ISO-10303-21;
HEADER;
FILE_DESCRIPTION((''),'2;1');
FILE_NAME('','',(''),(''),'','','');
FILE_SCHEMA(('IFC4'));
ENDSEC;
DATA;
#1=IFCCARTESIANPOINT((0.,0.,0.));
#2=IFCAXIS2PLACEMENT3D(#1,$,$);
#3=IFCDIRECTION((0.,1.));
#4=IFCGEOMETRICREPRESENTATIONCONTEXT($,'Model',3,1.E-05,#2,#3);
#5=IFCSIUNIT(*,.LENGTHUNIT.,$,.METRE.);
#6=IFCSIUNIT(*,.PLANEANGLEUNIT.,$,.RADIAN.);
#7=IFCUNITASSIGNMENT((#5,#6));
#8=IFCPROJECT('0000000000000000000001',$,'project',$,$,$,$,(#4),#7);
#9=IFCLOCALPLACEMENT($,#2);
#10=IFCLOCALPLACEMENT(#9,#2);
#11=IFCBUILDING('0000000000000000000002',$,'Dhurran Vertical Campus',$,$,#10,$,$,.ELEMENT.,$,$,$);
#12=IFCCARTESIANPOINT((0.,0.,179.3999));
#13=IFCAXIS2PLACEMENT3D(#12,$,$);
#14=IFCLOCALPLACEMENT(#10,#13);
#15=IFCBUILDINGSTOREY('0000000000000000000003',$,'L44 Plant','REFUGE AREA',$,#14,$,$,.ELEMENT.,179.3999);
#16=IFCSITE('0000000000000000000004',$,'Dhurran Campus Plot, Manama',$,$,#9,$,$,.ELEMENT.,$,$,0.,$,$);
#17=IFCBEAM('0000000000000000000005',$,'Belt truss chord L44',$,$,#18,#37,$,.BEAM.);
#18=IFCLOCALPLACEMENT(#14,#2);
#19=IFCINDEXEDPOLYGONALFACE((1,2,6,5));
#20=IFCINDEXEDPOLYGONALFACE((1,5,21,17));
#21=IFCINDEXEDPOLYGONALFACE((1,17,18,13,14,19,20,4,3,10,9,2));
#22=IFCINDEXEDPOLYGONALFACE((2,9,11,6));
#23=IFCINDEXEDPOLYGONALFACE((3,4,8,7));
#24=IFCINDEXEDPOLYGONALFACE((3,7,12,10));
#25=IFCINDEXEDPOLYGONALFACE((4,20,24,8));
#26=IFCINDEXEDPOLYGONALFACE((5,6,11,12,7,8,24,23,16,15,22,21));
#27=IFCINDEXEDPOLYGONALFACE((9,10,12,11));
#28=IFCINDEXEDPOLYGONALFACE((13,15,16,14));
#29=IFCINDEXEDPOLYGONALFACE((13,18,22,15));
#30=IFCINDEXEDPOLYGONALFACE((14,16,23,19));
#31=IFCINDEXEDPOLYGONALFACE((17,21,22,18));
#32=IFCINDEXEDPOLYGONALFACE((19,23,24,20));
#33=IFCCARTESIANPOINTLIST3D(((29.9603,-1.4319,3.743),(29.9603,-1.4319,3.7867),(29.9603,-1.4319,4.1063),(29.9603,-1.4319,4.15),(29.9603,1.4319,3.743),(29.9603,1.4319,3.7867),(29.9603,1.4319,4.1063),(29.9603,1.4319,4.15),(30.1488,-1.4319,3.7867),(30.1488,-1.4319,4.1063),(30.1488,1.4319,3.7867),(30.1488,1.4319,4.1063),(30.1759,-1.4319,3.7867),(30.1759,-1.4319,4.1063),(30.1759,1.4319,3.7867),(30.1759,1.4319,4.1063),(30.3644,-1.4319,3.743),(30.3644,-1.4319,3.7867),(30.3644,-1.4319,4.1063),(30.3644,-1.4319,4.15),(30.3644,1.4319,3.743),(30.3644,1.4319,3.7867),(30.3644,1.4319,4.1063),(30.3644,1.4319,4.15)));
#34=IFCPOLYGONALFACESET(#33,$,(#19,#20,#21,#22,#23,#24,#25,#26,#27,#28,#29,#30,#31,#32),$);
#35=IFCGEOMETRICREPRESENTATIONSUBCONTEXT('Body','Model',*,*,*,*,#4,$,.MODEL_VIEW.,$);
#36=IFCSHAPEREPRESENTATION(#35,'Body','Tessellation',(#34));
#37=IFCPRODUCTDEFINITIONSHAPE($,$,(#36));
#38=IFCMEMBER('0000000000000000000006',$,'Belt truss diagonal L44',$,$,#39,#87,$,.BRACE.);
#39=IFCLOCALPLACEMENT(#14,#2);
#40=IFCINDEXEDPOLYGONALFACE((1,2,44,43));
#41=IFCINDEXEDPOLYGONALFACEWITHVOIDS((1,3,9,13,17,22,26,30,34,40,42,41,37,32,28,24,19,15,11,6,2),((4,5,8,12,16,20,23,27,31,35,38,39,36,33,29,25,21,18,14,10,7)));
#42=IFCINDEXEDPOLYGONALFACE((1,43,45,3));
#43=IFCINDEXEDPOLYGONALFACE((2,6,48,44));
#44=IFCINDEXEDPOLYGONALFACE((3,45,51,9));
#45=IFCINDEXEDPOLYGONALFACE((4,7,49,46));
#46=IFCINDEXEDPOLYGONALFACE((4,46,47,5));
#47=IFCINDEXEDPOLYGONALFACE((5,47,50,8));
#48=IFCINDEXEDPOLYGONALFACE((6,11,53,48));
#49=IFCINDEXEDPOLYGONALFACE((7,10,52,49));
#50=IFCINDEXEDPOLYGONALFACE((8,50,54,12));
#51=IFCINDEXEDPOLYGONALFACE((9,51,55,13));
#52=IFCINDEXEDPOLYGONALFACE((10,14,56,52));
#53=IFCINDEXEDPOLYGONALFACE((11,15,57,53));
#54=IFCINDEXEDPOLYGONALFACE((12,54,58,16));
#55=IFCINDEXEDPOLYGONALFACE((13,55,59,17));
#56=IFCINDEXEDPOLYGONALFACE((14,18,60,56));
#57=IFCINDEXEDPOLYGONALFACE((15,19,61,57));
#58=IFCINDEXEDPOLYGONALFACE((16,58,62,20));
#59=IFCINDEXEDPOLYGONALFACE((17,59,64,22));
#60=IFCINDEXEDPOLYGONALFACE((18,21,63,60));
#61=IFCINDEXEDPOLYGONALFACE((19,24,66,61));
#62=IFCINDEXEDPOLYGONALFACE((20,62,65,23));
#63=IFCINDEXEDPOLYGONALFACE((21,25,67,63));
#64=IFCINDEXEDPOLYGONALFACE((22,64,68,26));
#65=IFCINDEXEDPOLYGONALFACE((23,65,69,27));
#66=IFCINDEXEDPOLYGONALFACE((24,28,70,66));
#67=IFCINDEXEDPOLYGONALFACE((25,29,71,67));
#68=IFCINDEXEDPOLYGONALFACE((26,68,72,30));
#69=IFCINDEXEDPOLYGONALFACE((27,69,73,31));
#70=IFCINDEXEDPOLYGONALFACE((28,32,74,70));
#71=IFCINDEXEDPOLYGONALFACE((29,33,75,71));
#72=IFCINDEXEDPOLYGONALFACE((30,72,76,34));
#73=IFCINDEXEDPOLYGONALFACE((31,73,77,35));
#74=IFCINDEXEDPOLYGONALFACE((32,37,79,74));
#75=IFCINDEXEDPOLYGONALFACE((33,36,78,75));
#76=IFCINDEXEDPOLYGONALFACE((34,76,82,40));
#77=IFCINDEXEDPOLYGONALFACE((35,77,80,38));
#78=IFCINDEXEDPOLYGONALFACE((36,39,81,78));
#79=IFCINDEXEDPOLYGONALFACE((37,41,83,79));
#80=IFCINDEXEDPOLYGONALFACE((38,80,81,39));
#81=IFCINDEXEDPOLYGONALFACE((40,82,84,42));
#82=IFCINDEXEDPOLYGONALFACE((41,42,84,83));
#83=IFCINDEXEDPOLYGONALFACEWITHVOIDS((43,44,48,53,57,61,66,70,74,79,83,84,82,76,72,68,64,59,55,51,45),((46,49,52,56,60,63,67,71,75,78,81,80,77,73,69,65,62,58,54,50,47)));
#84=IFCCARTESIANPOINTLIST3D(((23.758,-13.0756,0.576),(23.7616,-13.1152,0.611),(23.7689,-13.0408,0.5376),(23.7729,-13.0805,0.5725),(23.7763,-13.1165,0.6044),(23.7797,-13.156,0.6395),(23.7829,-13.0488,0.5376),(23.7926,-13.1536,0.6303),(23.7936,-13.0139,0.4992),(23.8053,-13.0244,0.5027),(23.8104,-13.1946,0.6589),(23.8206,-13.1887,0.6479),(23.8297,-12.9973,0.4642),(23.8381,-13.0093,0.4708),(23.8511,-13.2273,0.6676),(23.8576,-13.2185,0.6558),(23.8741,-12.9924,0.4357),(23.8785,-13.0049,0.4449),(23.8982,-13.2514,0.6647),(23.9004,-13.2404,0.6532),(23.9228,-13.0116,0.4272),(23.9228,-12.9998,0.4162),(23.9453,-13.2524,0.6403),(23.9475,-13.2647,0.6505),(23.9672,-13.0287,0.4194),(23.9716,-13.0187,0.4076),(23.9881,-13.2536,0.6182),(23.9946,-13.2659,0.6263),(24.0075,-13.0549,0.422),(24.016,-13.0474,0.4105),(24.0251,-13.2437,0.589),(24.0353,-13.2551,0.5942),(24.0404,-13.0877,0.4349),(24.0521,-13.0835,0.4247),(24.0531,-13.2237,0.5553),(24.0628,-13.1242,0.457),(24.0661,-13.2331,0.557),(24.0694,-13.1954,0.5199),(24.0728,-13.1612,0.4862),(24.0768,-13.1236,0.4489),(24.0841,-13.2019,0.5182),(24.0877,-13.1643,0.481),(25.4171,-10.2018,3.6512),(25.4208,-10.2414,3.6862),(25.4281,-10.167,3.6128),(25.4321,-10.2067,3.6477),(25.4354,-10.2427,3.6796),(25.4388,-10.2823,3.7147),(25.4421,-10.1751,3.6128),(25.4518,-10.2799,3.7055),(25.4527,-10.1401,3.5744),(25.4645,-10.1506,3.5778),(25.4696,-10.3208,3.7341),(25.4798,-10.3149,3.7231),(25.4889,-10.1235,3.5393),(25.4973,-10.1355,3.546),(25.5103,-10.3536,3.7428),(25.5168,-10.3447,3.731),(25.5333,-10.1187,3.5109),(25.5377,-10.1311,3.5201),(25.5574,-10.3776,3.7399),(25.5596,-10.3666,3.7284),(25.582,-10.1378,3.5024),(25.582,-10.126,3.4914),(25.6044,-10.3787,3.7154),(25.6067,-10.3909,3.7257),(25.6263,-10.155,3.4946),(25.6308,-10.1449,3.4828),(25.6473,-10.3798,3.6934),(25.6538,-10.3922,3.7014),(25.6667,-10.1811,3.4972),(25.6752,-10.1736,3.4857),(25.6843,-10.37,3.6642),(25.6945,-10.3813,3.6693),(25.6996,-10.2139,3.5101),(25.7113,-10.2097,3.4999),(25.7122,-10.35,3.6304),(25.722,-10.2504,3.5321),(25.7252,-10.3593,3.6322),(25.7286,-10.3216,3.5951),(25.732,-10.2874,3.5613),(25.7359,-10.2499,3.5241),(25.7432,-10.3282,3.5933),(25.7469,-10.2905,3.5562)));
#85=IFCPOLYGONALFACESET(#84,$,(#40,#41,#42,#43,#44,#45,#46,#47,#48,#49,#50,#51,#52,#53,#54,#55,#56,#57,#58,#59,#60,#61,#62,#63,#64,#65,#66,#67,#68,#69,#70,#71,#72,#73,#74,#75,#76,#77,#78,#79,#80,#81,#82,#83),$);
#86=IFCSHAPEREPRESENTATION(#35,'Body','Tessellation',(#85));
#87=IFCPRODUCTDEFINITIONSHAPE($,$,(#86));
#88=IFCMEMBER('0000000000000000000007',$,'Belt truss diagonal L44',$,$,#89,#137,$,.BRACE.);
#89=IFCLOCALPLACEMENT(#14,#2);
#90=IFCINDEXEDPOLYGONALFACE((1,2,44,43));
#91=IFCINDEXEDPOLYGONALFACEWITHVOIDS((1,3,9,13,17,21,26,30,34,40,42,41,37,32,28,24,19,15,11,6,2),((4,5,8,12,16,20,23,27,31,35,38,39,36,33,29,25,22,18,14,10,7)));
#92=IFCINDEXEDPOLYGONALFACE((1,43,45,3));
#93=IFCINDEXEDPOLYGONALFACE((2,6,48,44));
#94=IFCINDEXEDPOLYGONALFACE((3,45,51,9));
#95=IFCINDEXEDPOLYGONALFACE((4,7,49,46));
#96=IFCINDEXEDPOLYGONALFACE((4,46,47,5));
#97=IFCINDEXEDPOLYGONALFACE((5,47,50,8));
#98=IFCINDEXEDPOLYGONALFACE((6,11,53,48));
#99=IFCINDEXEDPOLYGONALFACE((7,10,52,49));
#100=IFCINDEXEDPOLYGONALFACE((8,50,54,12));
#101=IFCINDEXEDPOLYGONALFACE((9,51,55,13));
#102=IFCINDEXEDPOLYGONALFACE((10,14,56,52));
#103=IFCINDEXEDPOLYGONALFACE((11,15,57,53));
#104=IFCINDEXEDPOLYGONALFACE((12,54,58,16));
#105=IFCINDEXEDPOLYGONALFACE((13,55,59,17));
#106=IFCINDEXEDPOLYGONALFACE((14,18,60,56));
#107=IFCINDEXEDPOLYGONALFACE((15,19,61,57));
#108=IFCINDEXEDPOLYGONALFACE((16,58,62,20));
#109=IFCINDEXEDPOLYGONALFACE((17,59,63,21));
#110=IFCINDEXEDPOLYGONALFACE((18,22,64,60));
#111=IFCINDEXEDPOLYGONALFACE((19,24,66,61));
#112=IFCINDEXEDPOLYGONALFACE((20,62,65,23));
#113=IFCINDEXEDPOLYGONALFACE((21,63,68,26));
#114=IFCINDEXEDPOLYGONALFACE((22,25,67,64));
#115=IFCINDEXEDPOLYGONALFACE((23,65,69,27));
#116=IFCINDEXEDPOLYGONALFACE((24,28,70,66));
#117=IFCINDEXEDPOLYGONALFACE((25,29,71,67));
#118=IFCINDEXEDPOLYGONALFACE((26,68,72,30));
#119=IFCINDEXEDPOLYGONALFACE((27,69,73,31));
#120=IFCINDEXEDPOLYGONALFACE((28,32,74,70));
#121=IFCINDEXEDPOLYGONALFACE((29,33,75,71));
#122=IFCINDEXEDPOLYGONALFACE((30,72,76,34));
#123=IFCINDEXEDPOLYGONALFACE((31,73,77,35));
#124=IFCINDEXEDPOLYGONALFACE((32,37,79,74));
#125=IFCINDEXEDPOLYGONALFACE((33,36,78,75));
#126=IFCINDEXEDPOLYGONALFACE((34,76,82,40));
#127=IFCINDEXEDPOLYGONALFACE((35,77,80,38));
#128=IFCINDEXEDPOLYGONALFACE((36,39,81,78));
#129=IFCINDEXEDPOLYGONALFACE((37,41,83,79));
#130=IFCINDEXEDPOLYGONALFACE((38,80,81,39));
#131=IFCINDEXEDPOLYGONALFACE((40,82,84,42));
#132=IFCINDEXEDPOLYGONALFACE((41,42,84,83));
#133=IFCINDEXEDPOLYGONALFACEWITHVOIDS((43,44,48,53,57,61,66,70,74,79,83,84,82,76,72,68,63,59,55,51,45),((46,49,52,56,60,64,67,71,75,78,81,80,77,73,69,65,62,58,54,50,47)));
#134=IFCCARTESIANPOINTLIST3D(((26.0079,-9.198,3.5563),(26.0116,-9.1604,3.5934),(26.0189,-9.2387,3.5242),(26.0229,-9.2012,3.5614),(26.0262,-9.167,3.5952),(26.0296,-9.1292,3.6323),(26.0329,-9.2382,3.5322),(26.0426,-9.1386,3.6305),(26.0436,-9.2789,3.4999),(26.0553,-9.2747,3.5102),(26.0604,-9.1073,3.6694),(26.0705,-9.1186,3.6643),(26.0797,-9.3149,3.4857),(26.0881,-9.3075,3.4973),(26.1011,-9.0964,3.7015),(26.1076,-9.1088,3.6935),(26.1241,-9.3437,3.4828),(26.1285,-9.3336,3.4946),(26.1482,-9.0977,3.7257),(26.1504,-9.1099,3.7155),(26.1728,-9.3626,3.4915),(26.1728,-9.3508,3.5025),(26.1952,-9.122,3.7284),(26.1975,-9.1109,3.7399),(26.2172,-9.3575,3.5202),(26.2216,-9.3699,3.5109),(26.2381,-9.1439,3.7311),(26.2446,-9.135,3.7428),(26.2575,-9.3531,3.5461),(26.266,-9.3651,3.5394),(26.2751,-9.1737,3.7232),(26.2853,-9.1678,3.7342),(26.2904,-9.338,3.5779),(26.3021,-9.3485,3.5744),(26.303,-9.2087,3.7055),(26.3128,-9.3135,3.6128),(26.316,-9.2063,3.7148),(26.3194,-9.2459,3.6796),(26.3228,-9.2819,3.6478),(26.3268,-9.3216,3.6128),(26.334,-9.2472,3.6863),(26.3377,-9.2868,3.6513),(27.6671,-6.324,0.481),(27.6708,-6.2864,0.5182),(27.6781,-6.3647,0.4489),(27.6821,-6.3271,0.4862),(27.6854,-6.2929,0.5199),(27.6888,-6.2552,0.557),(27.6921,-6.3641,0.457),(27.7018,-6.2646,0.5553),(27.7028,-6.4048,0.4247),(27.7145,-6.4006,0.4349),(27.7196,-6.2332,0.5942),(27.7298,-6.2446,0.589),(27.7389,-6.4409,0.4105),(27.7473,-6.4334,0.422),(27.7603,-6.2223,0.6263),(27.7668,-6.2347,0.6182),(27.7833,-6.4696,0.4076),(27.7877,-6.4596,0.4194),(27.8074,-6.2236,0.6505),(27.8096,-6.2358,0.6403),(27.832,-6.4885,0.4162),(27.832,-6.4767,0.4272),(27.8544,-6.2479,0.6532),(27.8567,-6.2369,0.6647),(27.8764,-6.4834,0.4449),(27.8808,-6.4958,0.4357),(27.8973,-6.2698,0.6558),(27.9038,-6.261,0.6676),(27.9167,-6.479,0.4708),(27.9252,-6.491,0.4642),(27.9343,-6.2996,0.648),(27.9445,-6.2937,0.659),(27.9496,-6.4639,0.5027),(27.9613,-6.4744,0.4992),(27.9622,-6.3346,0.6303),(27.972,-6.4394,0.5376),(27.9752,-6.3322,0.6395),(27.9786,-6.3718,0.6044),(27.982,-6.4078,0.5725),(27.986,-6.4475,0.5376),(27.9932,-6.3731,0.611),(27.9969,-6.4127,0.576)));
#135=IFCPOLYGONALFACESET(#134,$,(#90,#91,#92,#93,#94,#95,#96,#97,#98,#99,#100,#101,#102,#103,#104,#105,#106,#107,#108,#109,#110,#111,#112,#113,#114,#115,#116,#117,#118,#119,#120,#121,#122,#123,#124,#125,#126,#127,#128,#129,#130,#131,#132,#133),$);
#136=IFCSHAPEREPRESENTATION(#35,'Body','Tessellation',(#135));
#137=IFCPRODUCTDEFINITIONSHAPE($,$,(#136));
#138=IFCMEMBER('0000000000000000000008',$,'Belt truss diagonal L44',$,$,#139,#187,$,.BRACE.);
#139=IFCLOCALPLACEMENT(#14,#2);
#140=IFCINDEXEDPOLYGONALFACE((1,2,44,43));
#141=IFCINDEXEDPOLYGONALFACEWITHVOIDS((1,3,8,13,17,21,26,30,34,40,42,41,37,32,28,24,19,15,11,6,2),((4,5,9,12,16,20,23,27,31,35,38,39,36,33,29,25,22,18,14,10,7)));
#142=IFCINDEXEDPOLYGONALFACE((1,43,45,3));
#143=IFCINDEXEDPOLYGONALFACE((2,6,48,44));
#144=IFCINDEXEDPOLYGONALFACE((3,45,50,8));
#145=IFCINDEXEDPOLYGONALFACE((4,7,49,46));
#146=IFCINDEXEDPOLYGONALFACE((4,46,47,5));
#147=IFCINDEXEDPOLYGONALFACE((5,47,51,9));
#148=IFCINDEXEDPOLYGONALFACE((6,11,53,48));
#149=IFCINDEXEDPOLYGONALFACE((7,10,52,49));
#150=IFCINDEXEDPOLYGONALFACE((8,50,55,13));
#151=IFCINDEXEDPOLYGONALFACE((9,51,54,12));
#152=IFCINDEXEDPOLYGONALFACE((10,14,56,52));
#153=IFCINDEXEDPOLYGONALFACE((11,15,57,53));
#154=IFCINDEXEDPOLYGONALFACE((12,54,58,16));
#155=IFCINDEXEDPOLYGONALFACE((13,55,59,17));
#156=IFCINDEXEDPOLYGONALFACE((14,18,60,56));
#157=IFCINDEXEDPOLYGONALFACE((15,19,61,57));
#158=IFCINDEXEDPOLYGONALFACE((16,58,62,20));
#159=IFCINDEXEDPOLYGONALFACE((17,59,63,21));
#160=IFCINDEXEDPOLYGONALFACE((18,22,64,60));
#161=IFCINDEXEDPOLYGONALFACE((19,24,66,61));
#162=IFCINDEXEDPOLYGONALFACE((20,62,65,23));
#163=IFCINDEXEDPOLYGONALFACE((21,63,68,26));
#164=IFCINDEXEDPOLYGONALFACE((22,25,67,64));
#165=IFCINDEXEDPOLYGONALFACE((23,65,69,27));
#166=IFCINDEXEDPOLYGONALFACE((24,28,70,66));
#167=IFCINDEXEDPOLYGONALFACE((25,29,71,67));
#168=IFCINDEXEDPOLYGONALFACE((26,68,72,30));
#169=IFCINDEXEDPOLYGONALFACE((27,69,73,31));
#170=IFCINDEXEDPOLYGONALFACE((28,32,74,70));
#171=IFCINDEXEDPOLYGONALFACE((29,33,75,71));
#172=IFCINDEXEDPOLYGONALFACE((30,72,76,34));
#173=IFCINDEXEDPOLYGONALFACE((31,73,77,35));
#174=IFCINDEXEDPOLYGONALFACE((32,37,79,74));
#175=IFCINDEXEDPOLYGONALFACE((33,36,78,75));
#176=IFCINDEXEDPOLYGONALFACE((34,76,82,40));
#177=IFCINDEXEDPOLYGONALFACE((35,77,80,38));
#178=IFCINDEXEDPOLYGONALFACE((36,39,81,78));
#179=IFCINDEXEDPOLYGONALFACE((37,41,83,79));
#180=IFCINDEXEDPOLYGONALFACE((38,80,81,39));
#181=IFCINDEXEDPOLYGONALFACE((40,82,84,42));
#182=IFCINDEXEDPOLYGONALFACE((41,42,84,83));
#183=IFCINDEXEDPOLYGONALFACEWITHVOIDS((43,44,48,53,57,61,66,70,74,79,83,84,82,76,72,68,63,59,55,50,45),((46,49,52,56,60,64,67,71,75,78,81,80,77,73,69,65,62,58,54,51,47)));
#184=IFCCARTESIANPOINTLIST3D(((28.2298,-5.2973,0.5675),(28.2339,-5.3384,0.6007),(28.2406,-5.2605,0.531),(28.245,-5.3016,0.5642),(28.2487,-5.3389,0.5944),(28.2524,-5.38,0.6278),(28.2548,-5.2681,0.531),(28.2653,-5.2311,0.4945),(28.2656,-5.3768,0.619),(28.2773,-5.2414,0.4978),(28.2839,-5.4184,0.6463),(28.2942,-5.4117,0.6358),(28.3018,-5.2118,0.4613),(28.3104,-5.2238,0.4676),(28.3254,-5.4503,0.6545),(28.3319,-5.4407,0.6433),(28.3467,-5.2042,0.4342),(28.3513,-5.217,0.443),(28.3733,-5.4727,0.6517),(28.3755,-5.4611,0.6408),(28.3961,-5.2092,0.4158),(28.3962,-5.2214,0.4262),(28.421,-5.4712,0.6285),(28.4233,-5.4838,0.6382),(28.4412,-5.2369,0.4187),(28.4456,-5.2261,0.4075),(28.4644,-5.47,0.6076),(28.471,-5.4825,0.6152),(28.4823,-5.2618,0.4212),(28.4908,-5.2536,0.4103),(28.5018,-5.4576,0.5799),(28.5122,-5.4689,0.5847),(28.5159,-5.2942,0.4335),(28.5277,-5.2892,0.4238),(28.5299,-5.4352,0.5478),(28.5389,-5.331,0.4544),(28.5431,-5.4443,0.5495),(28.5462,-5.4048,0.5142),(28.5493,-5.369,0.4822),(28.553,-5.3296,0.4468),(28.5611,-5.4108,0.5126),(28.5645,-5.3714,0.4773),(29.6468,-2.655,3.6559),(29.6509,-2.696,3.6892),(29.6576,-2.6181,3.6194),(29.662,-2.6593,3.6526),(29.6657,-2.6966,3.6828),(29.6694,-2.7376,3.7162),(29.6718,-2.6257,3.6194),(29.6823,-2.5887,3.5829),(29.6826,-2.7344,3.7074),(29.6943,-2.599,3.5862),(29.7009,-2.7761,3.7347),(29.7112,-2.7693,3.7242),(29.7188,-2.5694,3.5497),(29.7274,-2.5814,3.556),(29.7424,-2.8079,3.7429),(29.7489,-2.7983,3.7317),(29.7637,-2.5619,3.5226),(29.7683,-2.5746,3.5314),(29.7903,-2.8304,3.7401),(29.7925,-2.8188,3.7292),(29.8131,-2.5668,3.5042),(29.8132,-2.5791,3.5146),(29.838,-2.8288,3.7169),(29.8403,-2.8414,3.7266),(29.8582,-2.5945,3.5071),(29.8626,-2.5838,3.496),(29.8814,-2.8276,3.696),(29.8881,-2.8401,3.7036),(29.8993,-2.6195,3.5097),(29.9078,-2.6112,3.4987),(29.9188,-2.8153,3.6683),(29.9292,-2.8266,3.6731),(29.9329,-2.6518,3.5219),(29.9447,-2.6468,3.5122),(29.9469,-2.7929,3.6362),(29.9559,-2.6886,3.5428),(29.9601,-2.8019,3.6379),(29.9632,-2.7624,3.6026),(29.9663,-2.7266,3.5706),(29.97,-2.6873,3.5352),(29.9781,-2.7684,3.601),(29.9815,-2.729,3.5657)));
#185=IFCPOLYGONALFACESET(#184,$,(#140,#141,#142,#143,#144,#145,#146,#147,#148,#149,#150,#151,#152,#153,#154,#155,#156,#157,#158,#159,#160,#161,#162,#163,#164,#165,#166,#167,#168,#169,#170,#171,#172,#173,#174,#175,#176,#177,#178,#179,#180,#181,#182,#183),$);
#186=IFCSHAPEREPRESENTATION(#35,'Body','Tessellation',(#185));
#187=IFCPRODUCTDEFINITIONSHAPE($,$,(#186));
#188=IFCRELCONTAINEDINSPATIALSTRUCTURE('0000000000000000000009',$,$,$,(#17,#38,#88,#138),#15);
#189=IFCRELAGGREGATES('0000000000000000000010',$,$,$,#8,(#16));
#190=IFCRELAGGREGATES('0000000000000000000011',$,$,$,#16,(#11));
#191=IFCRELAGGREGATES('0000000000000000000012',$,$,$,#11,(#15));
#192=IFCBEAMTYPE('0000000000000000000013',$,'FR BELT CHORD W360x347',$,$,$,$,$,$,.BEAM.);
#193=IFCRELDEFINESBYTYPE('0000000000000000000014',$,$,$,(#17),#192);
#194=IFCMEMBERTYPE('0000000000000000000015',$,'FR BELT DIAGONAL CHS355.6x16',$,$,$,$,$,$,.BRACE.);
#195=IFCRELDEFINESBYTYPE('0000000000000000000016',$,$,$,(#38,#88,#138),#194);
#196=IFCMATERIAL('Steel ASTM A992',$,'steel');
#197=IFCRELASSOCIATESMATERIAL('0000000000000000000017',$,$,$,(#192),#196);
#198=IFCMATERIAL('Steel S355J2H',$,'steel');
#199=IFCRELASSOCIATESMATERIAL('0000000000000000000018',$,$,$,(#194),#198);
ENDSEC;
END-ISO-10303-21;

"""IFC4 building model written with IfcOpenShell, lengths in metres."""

from ifc_helpers import new_model, si_unit, direction, frame, origin, origin_2d, place, context, subcontext, project, spatial, hollow_circle, i_section, extrude, material, material_profile, profile_set, type_object, element, save


model = new_model("IFC4")

# Units and contexts
model_context = context("Model", 3, precision=1e-05, world=origin(), true_north=direction((0.0, 1.0)))
body_context = subcontext(model_context, "Body", "Model", "MODEL_VIEW")
ifc_project = project(units=[si_unit("LENGTHUNIT", "METRE"), si_unit("PLANEANGLEUNIT", "RADIAN")], contexts=[model_context])

# Site, building, storey
site_placement = place(None, origin())
site = spatial("IfcSite", under=ifc_project, at=site_placement, Name="Dhurran Campus Plot, Manama", CompositionType="ELEMENT", RefElevation=0.0)
building_placement = place(site_placement, origin())
building = spatial("IfcBuilding", under=site, at=building_placement, Name="Dhurran Vertical Campus", CompositionType="ELEMENT")
storey_placement = place(building_placement, frame((0.0, 0.0, 179.3999)))
storey = spatial("IfcBuildingStorey", under=building, at=storey_placement, Name="L44 Plant", Description="REFUGE AREA", CompositionType="ELEMENT", Elevation=179.3999)

# Beam
ifc_material_1 = material(Name="Steel ASTM A992", Category="steel")
ifc_material_profile_1 = material_profile(ifc_material_1, i_section(OverallWidth=0.4041, OverallDepth=0.407, WebThickness=0.0271, FlangeThickness=0.0437, at=origin_2d()), Name="W360x347")
ifc_profile_set_1 = profile_set([ifc_material_profile_1], Name="Steel ASTM A992")
beam_type = type_object("IfcBeamType", Name="FR BELT CHORD W360x347", PredefinedType="BEAM", material=ifc_profile_set_1)
for number, where, z_axis, x_axis, name in (
    (1, (30.1624, -1.4319, 3.9465), (0.0, 1.0, 0.0), (-1.0, 0.0, 0.0), "Belt truss chord L44"),
):
    element("IfcBeam", number, at=place(storey_placement, frame(where, z_axis=z_axis, x_axis=x_axis)), inside=storey, type_object=beam_type, Name=name, PredefinedType="BEAM", context=body_context, shape_type="SweptSolid", body=[
        extrude(i_section(OverallWidth=0.4041, OverallDepth=0.407, WebThickness=0.0271, FlangeThickness=0.0437, at=origin_2d()), origin(), (0.0, 0.0, 1.0), 2.8638),
    ])

# Members
ifc_material_2 = material(Name="Steel S355J2H", Category="steel")
ifc_material_profile_2 = material_profile(ifc_material_2, hollow_circle(Radius=0.1777, WallThickness=0.0161, at=origin_2d()), Name="CHS355.6x16")
ifc_profile_set_2 = profile_set([ifc_material_profile_2], Name="Steel S355J2H")
member_type = type_object("IfcMemberType", Name="FR BELT DIAGONAL CHS355.6x16", PredefinedType="BRACE", material=ifc_profile_set_2)
member_1_placement = place(storey_placement, frame((23.9229, -13.1296, 0.5376), z_axis=(0.366735, 0.635203, 0.679723), x_axis=(-0.866025, 0.500001, 0.0)))
element("IfcMember", 2, at=member_1_placement, inside=storey, type_object=member_type, Name="Belt truss diagonal L44", PredefinedType="BRACE", context=body_context, shape_type="SweptSolid", body=[
    extrude(hollow_circle(Radius=0.1777, WallThickness=0.0161, at=origin_2d()), origin(), (0.0, 0.0, 1.0), 4.5242),
])
member_2_placement = place(storey_placement, frame((27.832, -6.3586, 0.5376), z_axis=(-0.366722, -0.635235, 0.679699), x_axis=(0.866043, -0.499969, 0.0)))
element("IfcMember", 3, at=member_2_placement, inside=storey, type_object=member_type, Name="Belt truss diagonal L44", PredefinedType="BRACE", context=body_context, shape_type="SweptSolid", body=[
    extrude(hollow_circle(Radius=0.1777, WallThickness=0.0161, at=origin_2d()), origin(), (0.0, 0.0, 1.0), 4.5244),
])
member_3_placement = place(storey_placement, frame((28.3972, -5.3445, 0.531), z_axis=(0.329196, 0.613868, 0.717493), x_axis=(-0.881278, 0.472599, 0.0)))
element("IfcMember", 4, at=member_3_placement, inside=storey, type_object=member_type, Name="Belt truss diagonal L44", PredefinedType="BRACE", context=body_context, shape_type="SweptSolid", body=[
    extrude(hollow_circle(Radius=0.1777, WallThickness=0.0161, at=origin_2d()), origin(), (0.0, 0.0, 1.0), 4.3044),
])

save(model, "model.ifc")
